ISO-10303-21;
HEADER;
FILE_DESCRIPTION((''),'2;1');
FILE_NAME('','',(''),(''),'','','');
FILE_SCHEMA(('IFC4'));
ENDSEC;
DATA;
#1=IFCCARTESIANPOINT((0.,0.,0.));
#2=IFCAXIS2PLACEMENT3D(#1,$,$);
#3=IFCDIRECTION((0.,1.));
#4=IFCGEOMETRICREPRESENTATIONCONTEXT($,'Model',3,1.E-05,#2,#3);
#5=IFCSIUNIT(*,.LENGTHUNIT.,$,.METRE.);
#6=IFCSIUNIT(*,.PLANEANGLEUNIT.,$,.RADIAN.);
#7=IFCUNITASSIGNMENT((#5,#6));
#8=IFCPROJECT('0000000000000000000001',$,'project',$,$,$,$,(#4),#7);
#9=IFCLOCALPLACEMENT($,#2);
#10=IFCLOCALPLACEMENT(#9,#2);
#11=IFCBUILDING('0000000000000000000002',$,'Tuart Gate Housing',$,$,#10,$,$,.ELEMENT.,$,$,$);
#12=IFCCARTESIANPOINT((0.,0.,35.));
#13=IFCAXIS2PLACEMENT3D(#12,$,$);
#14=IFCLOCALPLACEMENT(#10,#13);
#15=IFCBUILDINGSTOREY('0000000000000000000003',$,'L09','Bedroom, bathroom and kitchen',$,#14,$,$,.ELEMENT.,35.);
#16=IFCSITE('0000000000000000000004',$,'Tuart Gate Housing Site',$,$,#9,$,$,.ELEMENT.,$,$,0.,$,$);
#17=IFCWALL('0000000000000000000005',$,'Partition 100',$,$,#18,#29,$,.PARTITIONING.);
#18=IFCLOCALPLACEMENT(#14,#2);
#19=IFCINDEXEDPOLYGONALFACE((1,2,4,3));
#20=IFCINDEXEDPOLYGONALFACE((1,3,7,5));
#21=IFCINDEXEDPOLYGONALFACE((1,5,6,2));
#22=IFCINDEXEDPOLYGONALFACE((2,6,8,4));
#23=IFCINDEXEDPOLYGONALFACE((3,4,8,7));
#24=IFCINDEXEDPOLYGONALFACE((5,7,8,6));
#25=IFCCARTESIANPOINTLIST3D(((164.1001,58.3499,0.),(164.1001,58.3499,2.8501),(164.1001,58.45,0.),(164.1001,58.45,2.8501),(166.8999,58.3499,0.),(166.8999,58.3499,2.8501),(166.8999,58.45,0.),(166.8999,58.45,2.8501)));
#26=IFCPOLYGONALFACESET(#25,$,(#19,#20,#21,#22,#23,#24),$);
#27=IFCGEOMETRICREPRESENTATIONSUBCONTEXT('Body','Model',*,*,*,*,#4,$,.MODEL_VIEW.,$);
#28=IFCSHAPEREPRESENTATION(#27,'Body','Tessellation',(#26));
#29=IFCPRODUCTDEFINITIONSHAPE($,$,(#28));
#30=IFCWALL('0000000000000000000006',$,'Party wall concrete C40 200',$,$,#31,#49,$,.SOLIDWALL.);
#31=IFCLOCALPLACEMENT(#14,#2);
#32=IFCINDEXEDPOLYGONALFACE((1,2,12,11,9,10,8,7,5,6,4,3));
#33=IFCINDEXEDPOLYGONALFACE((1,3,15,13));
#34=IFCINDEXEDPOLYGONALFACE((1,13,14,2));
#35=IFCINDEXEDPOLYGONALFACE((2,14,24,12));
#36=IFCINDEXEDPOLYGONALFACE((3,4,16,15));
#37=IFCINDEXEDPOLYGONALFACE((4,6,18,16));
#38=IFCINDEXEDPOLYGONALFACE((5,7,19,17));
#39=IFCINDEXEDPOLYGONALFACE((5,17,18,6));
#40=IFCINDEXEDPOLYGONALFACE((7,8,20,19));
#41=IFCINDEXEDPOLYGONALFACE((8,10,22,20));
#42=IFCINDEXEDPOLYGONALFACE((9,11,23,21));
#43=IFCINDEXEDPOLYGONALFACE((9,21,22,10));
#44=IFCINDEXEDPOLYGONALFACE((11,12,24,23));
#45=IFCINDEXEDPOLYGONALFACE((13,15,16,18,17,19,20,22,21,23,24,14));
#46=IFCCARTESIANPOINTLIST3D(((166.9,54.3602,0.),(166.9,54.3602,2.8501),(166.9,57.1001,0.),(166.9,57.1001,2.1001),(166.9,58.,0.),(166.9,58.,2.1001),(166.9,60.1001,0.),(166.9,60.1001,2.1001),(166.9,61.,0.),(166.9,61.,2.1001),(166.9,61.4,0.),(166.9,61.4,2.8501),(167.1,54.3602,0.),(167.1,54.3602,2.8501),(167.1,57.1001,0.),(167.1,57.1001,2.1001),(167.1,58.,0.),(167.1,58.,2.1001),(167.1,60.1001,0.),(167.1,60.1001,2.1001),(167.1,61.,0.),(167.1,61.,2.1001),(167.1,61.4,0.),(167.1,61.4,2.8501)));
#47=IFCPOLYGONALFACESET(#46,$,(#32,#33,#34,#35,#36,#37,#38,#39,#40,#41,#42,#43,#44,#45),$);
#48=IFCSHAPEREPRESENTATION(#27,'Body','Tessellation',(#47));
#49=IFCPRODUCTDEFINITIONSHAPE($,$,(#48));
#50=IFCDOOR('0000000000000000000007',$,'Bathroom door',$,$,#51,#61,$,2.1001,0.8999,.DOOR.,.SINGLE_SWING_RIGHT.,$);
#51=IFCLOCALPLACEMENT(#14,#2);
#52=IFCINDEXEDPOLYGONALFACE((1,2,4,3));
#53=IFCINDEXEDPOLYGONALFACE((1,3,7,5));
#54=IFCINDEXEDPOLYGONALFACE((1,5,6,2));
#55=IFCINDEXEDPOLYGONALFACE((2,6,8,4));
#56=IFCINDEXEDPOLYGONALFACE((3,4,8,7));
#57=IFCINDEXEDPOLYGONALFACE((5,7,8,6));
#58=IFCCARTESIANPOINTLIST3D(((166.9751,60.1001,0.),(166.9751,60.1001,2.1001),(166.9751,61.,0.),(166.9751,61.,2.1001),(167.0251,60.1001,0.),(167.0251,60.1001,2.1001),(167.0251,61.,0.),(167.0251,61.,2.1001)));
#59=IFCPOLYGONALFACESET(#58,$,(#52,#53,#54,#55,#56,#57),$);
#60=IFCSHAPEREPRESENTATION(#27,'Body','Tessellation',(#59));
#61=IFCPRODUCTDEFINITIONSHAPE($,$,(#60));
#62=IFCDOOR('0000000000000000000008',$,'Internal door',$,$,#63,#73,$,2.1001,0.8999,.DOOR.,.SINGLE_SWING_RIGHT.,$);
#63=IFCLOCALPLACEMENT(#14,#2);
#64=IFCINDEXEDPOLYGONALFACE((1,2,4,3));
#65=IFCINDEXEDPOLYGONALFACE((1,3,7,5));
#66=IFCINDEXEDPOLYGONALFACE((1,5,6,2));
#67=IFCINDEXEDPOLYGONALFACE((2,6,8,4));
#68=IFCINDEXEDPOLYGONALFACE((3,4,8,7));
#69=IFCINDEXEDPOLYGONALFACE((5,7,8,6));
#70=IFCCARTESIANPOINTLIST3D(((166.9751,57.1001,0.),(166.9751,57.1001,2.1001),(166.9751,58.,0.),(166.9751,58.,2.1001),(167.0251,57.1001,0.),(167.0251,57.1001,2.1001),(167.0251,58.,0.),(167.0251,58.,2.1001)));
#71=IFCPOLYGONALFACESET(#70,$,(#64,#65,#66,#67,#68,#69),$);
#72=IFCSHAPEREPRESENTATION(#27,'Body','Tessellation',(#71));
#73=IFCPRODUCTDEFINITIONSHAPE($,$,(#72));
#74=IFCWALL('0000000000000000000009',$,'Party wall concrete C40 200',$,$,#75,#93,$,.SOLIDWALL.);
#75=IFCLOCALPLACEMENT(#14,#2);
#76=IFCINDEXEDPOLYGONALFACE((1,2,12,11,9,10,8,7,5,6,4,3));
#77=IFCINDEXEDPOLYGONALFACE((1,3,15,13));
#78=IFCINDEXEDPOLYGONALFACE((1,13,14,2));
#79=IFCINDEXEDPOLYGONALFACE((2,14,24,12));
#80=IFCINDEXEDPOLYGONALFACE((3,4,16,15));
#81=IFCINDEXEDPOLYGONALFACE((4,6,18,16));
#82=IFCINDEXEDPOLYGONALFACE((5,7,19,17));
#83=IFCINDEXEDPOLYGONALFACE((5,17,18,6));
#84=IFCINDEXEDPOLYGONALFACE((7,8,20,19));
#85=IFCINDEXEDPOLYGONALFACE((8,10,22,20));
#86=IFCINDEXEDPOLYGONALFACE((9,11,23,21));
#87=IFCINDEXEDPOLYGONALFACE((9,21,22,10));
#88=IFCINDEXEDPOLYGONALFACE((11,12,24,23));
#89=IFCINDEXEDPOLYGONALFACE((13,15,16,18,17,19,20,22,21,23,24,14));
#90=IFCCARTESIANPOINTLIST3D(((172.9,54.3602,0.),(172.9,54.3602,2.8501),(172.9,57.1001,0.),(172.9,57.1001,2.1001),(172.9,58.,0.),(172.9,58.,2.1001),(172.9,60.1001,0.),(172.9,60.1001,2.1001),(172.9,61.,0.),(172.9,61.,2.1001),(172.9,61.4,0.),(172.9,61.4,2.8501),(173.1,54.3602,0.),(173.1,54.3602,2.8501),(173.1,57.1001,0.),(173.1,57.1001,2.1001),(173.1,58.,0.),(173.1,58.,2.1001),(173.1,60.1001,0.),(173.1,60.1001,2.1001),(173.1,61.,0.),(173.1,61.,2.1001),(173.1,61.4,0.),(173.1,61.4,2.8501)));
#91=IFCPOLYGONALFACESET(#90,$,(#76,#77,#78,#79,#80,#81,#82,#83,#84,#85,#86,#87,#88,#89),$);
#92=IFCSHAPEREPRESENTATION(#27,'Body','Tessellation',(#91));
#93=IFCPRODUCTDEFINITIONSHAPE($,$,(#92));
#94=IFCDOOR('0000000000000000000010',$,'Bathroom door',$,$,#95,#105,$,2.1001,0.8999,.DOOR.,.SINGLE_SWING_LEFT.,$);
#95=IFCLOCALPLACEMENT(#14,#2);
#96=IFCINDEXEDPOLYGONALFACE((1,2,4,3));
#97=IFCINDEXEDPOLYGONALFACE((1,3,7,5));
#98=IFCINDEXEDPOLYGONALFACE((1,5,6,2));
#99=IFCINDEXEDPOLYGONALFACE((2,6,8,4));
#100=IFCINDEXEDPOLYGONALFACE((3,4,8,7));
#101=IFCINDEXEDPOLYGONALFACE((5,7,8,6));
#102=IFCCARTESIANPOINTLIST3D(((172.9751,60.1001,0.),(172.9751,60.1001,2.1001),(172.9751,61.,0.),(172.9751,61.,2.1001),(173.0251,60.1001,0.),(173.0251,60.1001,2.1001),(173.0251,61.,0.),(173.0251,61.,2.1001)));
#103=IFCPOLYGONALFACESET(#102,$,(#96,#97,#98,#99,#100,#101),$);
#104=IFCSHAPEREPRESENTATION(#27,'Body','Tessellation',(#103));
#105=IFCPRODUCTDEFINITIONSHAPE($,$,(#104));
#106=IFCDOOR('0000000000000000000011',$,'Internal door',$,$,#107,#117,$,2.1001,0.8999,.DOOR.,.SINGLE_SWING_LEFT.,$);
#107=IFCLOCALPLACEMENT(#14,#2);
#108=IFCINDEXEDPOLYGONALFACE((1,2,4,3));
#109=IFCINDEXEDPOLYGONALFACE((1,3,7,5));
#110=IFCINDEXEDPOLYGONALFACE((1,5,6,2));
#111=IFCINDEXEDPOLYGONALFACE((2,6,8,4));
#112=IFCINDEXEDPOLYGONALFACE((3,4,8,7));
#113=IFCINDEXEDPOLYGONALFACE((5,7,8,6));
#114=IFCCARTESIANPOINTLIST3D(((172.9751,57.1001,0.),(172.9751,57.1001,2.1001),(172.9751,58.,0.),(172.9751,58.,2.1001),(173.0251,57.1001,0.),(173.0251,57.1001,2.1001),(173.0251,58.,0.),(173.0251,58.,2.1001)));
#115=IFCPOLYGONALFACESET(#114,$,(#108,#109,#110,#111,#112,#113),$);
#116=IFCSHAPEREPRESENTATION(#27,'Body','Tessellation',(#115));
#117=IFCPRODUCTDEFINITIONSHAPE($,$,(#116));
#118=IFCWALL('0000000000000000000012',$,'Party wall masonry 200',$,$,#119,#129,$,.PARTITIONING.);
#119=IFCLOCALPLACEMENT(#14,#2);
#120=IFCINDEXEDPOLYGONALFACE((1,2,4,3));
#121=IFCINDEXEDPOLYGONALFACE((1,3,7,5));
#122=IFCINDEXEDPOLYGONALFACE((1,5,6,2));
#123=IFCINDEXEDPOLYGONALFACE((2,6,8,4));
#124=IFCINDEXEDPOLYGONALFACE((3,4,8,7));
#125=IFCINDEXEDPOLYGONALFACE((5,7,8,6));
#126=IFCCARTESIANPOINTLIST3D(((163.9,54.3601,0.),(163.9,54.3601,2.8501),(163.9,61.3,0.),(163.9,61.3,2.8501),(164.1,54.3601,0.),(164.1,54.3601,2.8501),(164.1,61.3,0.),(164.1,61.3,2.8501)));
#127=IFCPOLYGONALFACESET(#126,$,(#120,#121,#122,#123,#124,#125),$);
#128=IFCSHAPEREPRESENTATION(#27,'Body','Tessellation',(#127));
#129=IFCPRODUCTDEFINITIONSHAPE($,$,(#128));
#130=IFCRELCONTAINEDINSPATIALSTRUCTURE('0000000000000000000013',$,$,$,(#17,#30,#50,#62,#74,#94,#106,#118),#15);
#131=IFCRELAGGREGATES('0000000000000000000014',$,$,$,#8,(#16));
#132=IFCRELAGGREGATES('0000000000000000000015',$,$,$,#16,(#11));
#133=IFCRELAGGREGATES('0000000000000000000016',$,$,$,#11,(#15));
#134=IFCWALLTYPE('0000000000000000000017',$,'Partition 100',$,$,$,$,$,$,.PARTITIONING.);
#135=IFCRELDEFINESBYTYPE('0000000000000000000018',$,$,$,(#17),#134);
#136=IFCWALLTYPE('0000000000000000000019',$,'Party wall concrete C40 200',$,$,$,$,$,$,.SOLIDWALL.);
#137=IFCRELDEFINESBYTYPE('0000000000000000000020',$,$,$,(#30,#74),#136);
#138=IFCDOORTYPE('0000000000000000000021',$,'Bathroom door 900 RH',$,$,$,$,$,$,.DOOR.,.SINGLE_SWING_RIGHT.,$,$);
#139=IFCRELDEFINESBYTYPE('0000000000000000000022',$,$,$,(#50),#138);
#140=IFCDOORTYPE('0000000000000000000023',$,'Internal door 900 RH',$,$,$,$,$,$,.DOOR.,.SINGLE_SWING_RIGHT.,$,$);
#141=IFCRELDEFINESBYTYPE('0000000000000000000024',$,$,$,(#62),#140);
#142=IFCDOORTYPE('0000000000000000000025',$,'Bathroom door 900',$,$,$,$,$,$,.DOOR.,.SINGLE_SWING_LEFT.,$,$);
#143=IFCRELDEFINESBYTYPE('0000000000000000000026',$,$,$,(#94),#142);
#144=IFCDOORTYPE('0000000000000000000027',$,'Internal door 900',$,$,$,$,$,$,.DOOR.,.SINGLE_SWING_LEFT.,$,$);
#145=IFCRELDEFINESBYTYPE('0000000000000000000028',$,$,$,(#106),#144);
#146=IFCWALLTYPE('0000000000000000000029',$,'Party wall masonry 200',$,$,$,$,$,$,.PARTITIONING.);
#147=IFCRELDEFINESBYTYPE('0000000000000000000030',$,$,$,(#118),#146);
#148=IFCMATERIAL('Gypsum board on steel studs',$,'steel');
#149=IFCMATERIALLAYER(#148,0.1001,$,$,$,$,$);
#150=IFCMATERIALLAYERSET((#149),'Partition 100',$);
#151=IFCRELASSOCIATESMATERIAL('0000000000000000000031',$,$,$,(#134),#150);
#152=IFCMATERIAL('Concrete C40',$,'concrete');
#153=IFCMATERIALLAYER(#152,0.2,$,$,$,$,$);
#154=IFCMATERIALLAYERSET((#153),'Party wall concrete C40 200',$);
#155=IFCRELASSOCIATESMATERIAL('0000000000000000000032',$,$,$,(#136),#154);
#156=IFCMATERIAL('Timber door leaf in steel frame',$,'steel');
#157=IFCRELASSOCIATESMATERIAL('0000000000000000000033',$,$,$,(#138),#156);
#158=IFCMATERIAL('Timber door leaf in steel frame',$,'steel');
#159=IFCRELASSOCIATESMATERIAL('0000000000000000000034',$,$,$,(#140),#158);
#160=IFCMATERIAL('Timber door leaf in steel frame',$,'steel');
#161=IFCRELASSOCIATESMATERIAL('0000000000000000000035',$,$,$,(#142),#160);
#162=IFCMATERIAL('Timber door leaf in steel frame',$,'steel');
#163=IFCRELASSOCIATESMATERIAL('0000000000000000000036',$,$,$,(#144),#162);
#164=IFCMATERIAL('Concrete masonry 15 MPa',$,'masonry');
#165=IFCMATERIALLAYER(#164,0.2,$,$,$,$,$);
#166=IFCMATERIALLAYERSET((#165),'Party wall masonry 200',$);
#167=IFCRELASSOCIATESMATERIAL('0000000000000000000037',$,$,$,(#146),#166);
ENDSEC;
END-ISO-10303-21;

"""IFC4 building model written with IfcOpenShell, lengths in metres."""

from ifc_helpers import new_model, si_unit, direction, frame, frame_2d, origin, place, context, subcontext, project, spatial, rectangle, extrude, material, layer, layer_set, type_object, element, fill, save


model = new_model("IFC4")

# Units and contexts
model_context = context("Model", 3, precision=1e-05, world=origin(), true_north=direction((0.0, 1.0)))
body_context = subcontext(model_context, "Body", "Model", "MODEL_VIEW")
ifc_project = project(units=[si_unit("LENGTHUNIT", "METRE"), si_unit("PLANEANGLEUNIT", "RADIAN")], contexts=[model_context])

# Site, building, storey
site_placement = place(None, origin())
site = spatial("IfcSite", under=ifc_project, at=site_placement, Name="Tuart Gate Housing Site", CompositionType="ELEMENT", RefElevation=0.0)
building_placement = place(site_placement, origin())
building = spatial("IfcBuilding", under=site, at=building_placement, Name="Tuart Gate Housing", CompositionType="ELEMENT")
storey_placement = place(building_placement, frame((0.0, 0.0, 35.0)))
storey = spatial("IfcBuildingStorey", under=building, at=storey_placement, Name="L09", Description="Bedroom, bathroom and kitchen", CompositionType="ELEMENT", Elevation=35.0)

# Wall
ifc_material_1 = material(Name="Gypsum board on steel studs", Category="steel")
ifc_layer_1 = layer(ifc_material_1, 0.1001)
ifc_layer_set_1 = layer_set([ifc_layer_1], Name="Partition 100")
wall_type_1 = type_object("IfcWallType", Name="Partition 100", PredefinedType="PARTITIONING", material=ifc_layer_set_1)
wall_1_placement = place(storey_placement, frame((164.1001, 58.3999, 0.0), z_axis=(0.0, 0.0, 1.0), x_axis=(1.0, 0.0, 0.0)))
element("IfcWall", 1, at=wall_1_placement, inside=storey, type_object=wall_type_1, Name="Partition 100", PredefinedType="PARTITIONING", context=body_context, shape_type="SweptSolid", body=[
    extrude(rectangle(XDim=2.7998, YDim=0.1001, at=frame_2d((1.3999, 0.0))), origin(), (0.0, 0.0, 1.0), 2.8501),
])

# Walls, openings, doors
ifc_material_2 = material(Name="Concrete C40", Category="concrete")
ifc_layer_2 = layer(ifc_material_2, 0.2)
ifc_layer_set_2 = layer_set([ifc_layer_2], Name="Party wall concrete C40 200")
wall_type_2 = type_object("IfcWallType", Name="Party wall concrete C40 200", PredefinedType="SOLIDWALL", material=ifc_layer_set_2)
wall_2_placement = place(storey_placement, frame((167.0, 54.3601, 0.0), z_axis=(0.0, 0.0, 1.0), x_axis=(0.0, 1.0, 0.0)))
wall_2 = element("IfcWall", 2, at=wall_2_placement, inside=storey, type_object=wall_type_2, Name="Party wall concrete C40 200", PredefinedType="SOLIDWALL", context=body_context, shape_type="SweptSolid", body=[
    extrude(rectangle(XDim=7.0398, YDim=0.2, at=frame_2d((3.52, 0.0))), origin(), (0.0, 0.0, 1.0), 2.8501),
])
opening_1_placement = place(wall_2_placement, frame((2.74, 0.0, 0.0)))
opening_1 = element("IfcOpeningElement", 3, at=opening_1_placement, cuts=wall_2, PredefinedType="OPENING", context=body_context, shape_type="SweptSolid", body=[
    extrude(rectangle(XDim=0.8999, YDim=2.1001, at=frame_2d((0.45, 1.05))), frame((0.0, 0.1099, 0.0), z_axis=(0.0, -1.0, 0.0), x_axis=(1.0, 0.0, 0.0)), (0.0, 0.0, 1.0), 0.22),
])
opening_2_placement = place(wall_2_placement, frame((5.74, 0.0, 0.0)))
opening_2 = element("IfcOpeningElement", 4, at=opening_2_placement, cuts=wall_2, PredefinedType="OPENING", context=body_context, shape_type="SweptSolid", body=[
    extrude(rectangle(XDim=0.8999, YDim=2.1001, at=frame_2d((0.45, 1.05))), frame((0.0, 0.1099, 0.0), z_axis=(0.0, -1.0, 0.0), x_axis=(1.0, 0.0, 0.0)), (0.0, 0.0, 1.0), 0.22),
])
ifc_material_3 = material(Name="Timber door leaf in steel frame", Category="steel")
door_type_1 = type_object("IfcDoorType", Name="Bathroom door 900 RH", OperationType="SINGLE_SWING_RIGHT", PredefinedType="DOOR", material=ifc_material_3)
door_1_placement = place(opening_2_placement, origin())
door_1 = element("IfcDoor", 5, at=door_1_placement, inside=storey, type_object=door_type_1, Name="Bathroom door", OperationType="SINGLE_SWING_RIGHT", OverallHeight=2.1001, OverallWidth=0.8999, PredefinedType="DOOR", context=body_context, shape_type="SweptSolid", body=[
    extrude(rectangle(XDim=0.8999, YDim=2.1001, at=frame_2d((0.45, 1.05))), frame((0.0, 0.0249, 0.0), z_axis=(0.0, -1.0, 0.0), x_axis=(1.0, 0.0, 0.0)), (0.0, 0.0, 1.0), 0.05),
])
fill(opening_2, door_1)
ifc_material_4 = material(Name="Timber door leaf in steel frame", Category="steel")
door_type_2 = type_object("IfcDoorType", Name="Internal door 900 RH", OperationType="SINGLE_SWING_RIGHT", PredefinedType="DOOR", material=ifc_material_4)
door_2_placement = place(opening_1_placement, origin())
door_2 = element("IfcDoor", 6, at=door_2_placement, inside=storey, type_object=door_type_2, Name="Internal door", OperationType="SINGLE_SWING_RIGHT", OverallHeight=2.1001, OverallWidth=0.8999, PredefinedType="DOOR", context=body_context, shape_type="SweptSolid", body=[
    extrude(rectangle(XDim=0.8999, YDim=2.1001, at=frame_2d((0.45, 1.05))), frame((0.0, 0.0249, 0.0), z_axis=(0.0, -1.0, 0.0), x_axis=(1.0, 0.0, 0.0)), (0.0, 0.0, 1.0), 0.05),
])
fill(opening_1, door_2)
wall_3_placement = place(storey_placement, frame((173.0, 54.3601, 0.0), z_axis=(0.0, 0.0, 1.0), x_axis=(0.0, 1.0, 0.0)))
wall_3 = element("IfcWall", 7, at=wall_3_placement, inside=storey, type_object=wall_type_2, Name="Party wall concrete C40 200", PredefinedType="SOLIDWALL", context=body_context, shape_type="SweptSolid", body=[
    extrude(rectangle(XDim=7.0398, YDim=0.2, at=frame_2d((3.52, 0.0))), origin(), (0.0, 0.0, 1.0), 2.8501),
])
opening_3_placement = place(wall_3_placement, frame((2.74, 0.0, 0.0)))
opening_3 = element("IfcOpeningElement", 8, at=opening_3_placement, cuts=wall_3, PredefinedType="OPENING", context=body_context, shape_type="SweptSolid", body=[
    extrude(rectangle(XDim=0.8999, YDim=2.1001, at=frame_2d((0.45, 1.05))), frame((0.0, 0.1099, 0.0), z_axis=(0.0, -1.0, 0.0), x_axis=(1.0, 0.0, 0.0)), (0.0, 0.0, 1.0), 0.22),
])
opening_4_placement = place(wall_3_placement, frame((5.74, 0.0, 0.0)))
opening_4 = element("IfcOpeningElement", 9, at=opening_4_placement, cuts=wall_3, PredefinedType="OPENING", context=body_context, shape_type="SweptSolid", body=[
    extrude(rectangle(XDim=0.8999, YDim=2.1001, at=frame_2d((0.45, 1.05))), frame((0.0, 0.1099, 0.0), z_axis=(0.0, -1.0, 0.0), x_axis=(1.0, 0.0, 0.0)), (0.0, 0.0, 1.0), 0.22),
])
ifc_material_5 = material(Name="Timber door leaf in steel frame", Category="steel")
door_type_3 = type_object("IfcDoorType", Name="Bathroom door 900", OperationType="SINGLE_SWING_LEFT", PredefinedType="DOOR", material=ifc_material_5)
door_3_placement = place(opening_4_placement, frame((0.8999, 0.0, 0.0), z_axis=(0.0, 0.0, 1.0), x_axis=(-1.0, 0.0, 0.0)))
door_3 = element("IfcDoor", 10, at=door_3_placement, inside=storey, type_object=door_type_3, Name="Bathroom door", OperationType="SINGLE_SWING_LEFT", OverallHeight=2.1001, OverallWidth=0.8999, PredefinedType="DOOR", context=body_context, shape_type="SweptSolid", body=[
    extrude(rectangle(XDim=0.8999, YDim=2.1001, at=frame_2d((0.45, 1.05))), frame((0.0, 0.0251, 0.0), z_axis=(0.0, -1.0, 0.0), x_axis=(1.0, 0.0, 0.0)), (0.0, 0.0, 1.0), 0.05),
])
fill(opening_4, door_3)
ifc_material_6 = material(Name="Timber door leaf in steel frame", Category="steel")
door_type_4 = type_object("IfcDoorType", Name="Internal door 900", OperationType="SINGLE_SWING_LEFT", PredefinedType="DOOR", material=ifc_material_6)
door_4_placement = place(opening_3_placement, frame((0.8999, 0.0, 0.0), z_axis=(0.0, 0.0, 1.0), x_axis=(-1.0, 0.0, 0.0)))
door_4 = element("IfcDoor", 11, at=door_4_placement, inside=storey, type_object=door_type_4, Name="Internal door", OperationType="SINGLE_SWING_LEFT", OverallHeight=2.1001, OverallWidth=0.8999, PredefinedType="DOOR", context=body_context, shape_type="SweptSolid", body=[
    extrude(rectangle(XDim=0.8999, YDim=2.1001, at=frame_2d((0.45, 1.05))), frame((0.0, 0.0251, 0.0), z_axis=(0.0, -1.0, 0.0), x_axis=(1.0, 0.0, 0.0)), (0.0, 0.0, 1.0), 0.05),
])
fill(opening_3, door_4)

# Wall
ifc_material_7 = material(Name="Concrete masonry 15 MPa", Category="masonry")
ifc_layer_3 = layer(ifc_material_7, 0.2)
ifc_layer_set_3 = layer_set([ifc_layer_3], Name="Party wall masonry 200")
wall_type_3 = type_object("IfcWallType", Name="Party wall masonry 200", PredefinedType="PARTITIONING", material=ifc_layer_set_3)
wall_4_placement = place(storey_placement, frame((164.0, 54.3601, 0.0), z_axis=(0.0, 0.0, 1.0), x_axis=(0.0, 1.0, 0.0)))
element("IfcWall", 12, at=wall_4_placement, inside=storey, type_object=wall_type_3, Name="Party wall masonry 200", PredefinedType="PARTITIONING", context=body_context, shape_type="SweptSolid", body=[
    extrude(rectangle(XDim=6.9399, YDim=0.2, at=frame_2d((3.47, 0.0))), origin(), (0.0, 0.0, 1.0), 2.8501),
])

save(model, "model.ifc")
